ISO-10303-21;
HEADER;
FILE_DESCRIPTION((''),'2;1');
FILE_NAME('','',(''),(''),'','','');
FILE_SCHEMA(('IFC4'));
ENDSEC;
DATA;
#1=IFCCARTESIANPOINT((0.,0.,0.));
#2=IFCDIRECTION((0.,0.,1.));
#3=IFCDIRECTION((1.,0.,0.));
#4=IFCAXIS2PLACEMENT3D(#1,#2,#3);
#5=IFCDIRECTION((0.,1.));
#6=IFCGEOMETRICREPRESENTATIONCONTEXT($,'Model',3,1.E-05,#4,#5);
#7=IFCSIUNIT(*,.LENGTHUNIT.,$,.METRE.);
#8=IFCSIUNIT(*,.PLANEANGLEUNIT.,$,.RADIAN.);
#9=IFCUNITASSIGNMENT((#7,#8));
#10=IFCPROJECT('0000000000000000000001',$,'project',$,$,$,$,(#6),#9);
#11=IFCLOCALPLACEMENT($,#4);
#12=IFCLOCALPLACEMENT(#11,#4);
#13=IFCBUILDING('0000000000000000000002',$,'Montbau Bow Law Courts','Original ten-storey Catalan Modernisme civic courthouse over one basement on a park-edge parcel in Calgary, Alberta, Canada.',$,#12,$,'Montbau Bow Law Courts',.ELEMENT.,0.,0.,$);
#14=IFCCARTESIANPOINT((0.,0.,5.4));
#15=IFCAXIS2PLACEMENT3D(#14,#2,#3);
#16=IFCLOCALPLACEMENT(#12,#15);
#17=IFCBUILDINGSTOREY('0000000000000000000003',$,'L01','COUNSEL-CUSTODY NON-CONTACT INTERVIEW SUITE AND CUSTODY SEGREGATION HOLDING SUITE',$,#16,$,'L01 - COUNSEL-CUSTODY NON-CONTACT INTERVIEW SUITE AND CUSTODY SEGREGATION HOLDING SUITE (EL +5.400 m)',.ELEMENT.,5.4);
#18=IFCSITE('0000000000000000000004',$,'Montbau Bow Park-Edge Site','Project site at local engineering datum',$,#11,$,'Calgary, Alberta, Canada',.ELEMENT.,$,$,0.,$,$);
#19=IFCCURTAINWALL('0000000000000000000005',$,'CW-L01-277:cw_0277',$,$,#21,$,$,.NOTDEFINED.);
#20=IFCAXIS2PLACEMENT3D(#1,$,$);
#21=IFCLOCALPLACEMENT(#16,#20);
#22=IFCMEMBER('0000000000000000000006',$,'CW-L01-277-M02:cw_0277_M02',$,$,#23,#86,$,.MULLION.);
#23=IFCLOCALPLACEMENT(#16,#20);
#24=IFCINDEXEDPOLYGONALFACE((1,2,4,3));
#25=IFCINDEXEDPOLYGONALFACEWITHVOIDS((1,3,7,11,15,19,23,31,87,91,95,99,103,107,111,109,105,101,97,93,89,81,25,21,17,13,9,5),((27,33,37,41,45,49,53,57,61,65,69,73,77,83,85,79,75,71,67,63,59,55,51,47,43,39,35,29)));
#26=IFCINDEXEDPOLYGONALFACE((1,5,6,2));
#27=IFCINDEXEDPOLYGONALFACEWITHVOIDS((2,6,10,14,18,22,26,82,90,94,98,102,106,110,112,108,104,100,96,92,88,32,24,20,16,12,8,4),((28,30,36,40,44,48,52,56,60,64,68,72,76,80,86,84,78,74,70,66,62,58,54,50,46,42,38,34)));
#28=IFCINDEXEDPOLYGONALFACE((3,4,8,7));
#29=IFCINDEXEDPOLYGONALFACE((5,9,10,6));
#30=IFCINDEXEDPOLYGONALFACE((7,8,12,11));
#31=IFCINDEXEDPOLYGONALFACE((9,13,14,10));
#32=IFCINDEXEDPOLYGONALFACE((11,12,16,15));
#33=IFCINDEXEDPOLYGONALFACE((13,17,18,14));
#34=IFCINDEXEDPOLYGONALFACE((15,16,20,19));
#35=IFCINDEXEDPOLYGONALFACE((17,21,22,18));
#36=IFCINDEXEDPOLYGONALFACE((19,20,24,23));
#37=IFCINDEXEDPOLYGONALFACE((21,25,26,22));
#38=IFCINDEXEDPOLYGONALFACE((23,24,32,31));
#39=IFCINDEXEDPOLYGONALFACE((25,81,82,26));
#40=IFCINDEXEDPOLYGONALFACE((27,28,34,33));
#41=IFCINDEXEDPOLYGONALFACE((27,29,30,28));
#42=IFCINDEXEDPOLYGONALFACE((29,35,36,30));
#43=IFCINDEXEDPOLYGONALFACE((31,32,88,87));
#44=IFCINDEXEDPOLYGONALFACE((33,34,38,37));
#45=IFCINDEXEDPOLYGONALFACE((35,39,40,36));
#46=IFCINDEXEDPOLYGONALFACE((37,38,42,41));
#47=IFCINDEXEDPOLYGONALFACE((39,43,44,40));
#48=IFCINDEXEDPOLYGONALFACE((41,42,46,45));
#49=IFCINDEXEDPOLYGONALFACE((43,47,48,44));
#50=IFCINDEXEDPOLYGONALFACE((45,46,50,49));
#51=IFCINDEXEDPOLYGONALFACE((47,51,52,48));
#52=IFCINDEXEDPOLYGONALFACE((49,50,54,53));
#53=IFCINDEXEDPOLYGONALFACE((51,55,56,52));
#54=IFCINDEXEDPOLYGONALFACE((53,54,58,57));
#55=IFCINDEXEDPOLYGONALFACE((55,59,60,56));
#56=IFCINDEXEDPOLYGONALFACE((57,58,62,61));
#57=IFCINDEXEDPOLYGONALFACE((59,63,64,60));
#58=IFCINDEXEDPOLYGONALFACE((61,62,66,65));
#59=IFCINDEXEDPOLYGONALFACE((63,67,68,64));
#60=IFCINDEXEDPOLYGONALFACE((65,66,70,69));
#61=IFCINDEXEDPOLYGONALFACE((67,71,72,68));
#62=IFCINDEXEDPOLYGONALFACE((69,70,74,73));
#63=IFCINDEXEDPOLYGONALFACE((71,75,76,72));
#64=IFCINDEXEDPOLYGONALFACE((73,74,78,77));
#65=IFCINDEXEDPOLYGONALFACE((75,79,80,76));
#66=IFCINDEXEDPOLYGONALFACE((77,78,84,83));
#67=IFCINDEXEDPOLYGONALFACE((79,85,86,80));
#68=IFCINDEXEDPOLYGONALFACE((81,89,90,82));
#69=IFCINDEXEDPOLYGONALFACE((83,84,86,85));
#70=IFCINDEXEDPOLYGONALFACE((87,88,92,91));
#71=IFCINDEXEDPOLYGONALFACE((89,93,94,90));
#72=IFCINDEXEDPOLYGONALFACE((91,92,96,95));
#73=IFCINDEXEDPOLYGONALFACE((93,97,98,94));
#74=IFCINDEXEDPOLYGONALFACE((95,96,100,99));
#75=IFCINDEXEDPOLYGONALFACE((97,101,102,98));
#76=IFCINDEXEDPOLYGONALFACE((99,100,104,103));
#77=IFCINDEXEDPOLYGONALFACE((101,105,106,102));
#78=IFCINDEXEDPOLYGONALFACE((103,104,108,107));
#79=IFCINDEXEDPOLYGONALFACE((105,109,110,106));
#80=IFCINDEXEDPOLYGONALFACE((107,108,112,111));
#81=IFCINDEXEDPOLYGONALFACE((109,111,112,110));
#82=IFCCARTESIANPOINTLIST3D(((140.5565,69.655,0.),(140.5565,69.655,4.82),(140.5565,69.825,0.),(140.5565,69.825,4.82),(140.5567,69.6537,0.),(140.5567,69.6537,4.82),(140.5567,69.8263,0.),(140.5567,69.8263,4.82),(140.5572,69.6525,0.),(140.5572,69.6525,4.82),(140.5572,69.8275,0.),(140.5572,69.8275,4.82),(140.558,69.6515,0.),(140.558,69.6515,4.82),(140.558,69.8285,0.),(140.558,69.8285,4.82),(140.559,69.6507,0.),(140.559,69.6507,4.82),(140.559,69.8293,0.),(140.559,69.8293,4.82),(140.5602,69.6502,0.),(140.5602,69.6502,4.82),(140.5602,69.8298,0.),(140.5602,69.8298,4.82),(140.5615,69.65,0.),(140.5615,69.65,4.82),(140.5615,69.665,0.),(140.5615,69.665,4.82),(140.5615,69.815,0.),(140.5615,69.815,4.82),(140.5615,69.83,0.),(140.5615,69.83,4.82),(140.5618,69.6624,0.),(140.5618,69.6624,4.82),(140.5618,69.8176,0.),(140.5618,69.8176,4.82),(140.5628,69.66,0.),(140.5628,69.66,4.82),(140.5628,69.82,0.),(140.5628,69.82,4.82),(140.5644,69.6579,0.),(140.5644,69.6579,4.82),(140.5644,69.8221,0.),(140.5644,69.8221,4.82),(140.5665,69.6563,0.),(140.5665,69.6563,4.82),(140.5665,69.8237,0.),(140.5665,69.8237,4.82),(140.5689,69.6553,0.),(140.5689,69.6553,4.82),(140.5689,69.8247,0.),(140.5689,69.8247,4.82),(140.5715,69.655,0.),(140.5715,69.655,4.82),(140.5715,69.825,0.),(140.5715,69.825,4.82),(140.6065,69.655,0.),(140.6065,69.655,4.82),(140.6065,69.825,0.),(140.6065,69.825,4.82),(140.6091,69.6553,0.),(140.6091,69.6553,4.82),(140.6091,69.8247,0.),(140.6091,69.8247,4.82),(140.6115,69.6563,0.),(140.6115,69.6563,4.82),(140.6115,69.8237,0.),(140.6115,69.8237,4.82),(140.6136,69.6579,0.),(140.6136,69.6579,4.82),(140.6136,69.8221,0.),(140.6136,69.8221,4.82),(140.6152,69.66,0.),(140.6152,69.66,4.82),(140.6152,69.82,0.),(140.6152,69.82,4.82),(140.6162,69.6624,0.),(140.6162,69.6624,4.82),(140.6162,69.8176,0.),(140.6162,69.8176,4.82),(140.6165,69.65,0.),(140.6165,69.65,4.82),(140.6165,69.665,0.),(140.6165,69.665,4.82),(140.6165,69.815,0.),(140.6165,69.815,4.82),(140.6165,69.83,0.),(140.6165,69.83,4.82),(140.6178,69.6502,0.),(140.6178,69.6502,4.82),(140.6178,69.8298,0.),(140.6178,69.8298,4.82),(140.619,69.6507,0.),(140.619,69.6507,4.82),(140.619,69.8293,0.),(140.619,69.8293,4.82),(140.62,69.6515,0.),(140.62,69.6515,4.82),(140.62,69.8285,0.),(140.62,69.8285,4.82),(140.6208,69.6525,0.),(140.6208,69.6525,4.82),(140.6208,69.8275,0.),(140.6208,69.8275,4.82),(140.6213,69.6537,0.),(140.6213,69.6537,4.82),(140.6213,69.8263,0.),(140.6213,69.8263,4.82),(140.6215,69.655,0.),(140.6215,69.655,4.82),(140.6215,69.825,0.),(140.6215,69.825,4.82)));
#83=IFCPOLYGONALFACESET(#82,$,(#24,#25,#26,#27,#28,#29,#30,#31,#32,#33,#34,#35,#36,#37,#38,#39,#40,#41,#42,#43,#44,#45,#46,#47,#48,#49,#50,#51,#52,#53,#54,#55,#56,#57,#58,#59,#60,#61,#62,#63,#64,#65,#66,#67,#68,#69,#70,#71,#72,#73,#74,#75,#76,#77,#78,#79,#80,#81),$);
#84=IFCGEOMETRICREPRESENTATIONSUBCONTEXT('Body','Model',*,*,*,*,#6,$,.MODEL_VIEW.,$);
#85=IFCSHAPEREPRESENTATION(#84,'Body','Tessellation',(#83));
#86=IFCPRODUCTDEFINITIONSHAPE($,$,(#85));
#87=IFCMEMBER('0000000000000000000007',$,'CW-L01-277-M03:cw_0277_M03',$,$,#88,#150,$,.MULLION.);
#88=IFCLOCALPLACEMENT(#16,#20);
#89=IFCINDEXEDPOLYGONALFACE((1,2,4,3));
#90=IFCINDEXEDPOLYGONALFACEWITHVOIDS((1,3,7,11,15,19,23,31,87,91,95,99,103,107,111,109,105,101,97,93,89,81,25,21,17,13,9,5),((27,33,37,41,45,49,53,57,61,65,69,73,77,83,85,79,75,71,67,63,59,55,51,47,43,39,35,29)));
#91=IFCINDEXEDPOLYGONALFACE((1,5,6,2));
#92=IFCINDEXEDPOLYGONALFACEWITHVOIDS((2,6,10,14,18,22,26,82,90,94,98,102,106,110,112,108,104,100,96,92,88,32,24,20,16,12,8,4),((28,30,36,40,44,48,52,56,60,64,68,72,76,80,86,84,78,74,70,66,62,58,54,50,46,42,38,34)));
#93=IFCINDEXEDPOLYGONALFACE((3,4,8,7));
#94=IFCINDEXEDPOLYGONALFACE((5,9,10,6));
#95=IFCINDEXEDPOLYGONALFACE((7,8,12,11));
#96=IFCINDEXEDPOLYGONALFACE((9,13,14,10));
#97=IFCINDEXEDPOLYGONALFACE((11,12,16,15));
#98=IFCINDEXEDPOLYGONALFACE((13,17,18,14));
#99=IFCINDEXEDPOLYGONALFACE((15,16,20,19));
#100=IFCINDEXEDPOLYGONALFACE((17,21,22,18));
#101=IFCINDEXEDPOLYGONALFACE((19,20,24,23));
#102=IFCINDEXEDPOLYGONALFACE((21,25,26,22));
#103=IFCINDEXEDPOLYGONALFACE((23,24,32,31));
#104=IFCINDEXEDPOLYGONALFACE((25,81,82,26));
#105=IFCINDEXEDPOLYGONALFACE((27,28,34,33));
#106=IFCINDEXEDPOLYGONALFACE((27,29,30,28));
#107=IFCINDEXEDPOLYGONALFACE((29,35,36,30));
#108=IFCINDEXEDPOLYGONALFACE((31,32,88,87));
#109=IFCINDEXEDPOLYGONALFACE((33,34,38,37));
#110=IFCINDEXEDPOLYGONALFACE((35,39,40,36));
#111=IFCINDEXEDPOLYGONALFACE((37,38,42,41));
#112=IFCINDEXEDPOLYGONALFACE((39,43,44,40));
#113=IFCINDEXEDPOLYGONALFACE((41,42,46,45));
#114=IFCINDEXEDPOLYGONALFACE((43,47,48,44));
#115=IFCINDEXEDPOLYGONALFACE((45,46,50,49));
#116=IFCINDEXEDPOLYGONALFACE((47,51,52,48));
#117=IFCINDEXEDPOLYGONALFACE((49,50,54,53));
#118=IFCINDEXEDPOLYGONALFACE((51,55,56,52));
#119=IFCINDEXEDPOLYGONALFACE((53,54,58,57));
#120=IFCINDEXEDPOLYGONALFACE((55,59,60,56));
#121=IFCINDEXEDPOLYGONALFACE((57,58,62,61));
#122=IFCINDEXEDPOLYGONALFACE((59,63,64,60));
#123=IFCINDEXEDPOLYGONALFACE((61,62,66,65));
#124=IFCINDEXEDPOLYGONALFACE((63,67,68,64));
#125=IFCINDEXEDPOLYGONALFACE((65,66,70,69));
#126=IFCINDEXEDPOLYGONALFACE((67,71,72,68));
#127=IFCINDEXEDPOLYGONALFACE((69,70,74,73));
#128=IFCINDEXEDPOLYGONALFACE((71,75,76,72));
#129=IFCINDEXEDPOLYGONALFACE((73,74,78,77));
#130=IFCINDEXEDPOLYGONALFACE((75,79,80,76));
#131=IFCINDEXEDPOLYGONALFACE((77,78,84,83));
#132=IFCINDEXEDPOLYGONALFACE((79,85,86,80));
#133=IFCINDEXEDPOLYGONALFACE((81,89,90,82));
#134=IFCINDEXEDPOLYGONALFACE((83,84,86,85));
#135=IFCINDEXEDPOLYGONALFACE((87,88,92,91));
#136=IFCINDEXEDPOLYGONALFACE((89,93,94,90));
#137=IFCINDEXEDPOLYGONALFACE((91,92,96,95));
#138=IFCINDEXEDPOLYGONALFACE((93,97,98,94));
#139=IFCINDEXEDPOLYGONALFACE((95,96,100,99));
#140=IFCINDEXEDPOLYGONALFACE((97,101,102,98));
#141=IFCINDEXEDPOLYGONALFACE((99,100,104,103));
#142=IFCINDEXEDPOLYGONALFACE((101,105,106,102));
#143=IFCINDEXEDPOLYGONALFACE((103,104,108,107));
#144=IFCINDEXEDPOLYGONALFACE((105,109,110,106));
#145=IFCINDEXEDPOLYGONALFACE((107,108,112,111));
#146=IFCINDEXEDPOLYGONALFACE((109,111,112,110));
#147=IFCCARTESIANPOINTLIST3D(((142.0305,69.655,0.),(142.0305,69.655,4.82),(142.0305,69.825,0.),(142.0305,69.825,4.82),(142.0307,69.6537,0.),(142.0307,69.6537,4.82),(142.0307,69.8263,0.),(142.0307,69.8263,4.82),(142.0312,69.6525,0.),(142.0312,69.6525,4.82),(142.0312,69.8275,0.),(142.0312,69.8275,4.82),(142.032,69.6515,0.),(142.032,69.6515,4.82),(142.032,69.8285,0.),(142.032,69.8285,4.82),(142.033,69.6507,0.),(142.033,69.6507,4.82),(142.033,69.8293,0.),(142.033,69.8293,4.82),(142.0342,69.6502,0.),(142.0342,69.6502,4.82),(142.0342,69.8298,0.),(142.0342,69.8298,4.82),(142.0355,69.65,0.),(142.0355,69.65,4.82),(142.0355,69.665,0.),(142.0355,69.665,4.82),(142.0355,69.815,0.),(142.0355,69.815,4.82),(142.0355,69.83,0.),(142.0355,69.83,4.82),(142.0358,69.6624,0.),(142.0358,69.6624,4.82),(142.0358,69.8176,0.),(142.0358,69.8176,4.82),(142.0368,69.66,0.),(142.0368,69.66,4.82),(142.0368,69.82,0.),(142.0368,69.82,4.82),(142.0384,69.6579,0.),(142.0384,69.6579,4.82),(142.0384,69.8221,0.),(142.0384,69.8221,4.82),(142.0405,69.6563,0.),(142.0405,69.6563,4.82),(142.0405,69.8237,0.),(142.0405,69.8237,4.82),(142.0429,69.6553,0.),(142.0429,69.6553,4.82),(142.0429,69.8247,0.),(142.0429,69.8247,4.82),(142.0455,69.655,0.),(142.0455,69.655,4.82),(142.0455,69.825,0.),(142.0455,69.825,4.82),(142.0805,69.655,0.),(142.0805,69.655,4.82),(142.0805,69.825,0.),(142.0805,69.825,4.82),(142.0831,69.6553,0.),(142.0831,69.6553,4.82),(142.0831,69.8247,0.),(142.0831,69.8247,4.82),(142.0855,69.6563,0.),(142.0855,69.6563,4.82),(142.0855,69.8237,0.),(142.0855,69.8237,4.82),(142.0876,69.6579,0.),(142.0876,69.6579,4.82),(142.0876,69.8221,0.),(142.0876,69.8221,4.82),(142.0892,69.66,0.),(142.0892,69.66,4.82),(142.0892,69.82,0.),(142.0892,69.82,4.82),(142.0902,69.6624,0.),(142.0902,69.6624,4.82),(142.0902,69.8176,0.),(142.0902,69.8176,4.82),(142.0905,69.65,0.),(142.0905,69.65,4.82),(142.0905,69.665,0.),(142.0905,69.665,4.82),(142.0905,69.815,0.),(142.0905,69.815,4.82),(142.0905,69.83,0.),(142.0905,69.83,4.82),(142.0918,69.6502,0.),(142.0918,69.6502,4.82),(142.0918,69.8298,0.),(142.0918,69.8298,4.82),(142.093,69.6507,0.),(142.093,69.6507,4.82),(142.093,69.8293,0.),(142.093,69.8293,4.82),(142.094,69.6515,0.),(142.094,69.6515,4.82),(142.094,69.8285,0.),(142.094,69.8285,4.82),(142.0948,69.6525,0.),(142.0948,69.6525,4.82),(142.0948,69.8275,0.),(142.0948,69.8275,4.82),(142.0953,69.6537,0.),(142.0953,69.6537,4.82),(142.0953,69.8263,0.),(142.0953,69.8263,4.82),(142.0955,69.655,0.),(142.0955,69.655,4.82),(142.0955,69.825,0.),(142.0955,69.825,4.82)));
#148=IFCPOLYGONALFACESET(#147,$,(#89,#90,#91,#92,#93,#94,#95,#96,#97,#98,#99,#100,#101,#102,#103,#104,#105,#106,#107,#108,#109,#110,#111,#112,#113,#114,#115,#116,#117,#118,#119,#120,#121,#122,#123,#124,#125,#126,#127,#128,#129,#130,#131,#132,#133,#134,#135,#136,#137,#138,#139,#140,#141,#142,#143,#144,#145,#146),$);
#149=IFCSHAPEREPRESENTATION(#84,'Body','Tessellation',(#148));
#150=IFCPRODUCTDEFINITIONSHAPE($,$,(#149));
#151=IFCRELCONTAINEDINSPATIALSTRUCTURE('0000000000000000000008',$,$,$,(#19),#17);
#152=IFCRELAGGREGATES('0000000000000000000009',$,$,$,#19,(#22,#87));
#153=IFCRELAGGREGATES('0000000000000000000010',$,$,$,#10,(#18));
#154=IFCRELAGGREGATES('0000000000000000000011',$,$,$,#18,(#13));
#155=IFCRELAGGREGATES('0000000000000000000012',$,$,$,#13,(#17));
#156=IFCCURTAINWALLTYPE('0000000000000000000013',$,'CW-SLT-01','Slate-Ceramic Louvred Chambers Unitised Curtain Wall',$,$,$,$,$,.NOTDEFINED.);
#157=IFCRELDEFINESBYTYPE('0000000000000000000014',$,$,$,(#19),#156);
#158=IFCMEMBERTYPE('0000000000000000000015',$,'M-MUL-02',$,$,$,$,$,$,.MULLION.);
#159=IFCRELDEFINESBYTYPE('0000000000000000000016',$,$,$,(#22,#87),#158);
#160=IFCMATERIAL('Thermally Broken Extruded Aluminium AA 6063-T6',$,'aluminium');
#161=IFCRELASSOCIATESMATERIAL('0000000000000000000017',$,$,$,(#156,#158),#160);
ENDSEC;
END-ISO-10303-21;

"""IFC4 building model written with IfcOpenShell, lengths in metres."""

from ifc_helpers import new_model, si_unit, direction, frame, origin_with_axes, origin_2d_with_axis, place, context, subcontext, project, spatial, hollow_rectangle, extrude, material, material_profile, profile_set, type_object, element, aggregate, save


model = new_model("IFC4")

# Units and contexts
model_context = context("Model", 3, precision=1e-05, world=origin_with_axes(), true_north=direction((0.0, 1.0)))
body_context = subcontext(model_context, "Body", "Model", "MODEL_VIEW")
ifc_project = project(units=[si_unit("LENGTHUNIT", "METRE"), si_unit("PLANEANGLEUNIT", "RADIAN")], contexts=[model_context])

# Site, building, storey
site_placement = place(None, origin_with_axes())
site = spatial("IfcSite", under=ifc_project, at=site_placement, Name="Montbau Bow Park-Edge Site", Description="Project site at local engineering datum", LongName="Calgary, Alberta, Canada", CompositionType="ELEMENT", RefElevation=0.0)
building_placement = place(site_placement, origin_with_axes())
building = spatial("IfcBuilding", under=site, at=building_placement, Name="Montbau Bow Law Courts", Description="Original ten-storey Catalan Modernisme civic courthouse over one basement on a park-edge parcel in Calgary, Alberta, Canada.", LongName="Montbau Bow Law Courts", CompositionType="ELEMENT", ElevationOfRefHeight=0.0, ElevationOfTerrain=0.0)
storey_placement = place(building_placement, frame((0.0, 0.0, 5.4), z_axis=(0.0, 0.0, 1.0), x_axis=(1.0, 0.0, 0.0)))
storey = spatial("IfcBuildingStorey", under=building, at=storey_placement, Name="L01", Description="COUNSEL-CUSTODY NON-CONTACT INTERVIEW SUITE AND CUSTODY SEGREGATION HOLDING SUITE", LongName="L01 - COUNSEL-CUSTODY NON-CONTACT INTERVIEW SUITE AND CUSTODY SEGREGATION HOLDING SUITE (EL +5.400 m)", CompositionType="ELEMENT", Elevation=5.4)

# Curtain wall, members
ifc_material_1 = material(Name="Thermally Broken Extruded Aluminium AA 6063-T6", Category="aluminium")
curtain_wall_type = type_object("IfcCurtainWallType", Name="CW-SLT-01", Description="Slate-Ceramic Louvred Chambers Unitised Curtain Wall", PredefinedType="NOTDEFINED", material=ifc_material_1)
curtain_wall_1_placement = place(None, frame((139.115, 69.74, 5.4), z_axis=(0.0, 0.0, 1.0), x_axis=(1.0, 0.0, 0.0)))
curtain_wall_1 = element("IfcCurtainWall", 1, at=curtain_wall_1_placement, inside=storey, type_object=curtain_wall_type, Name="CW-L01-277:cw_0277", PredefinedType="NOTDEFINED")
ifc_material_profile_1 = material_profile(ifc_material_1, hollow_rectangle(XDim=0.065, YDim=0.18, WallThickness=0.005, InnerFilletRadius=0.01, OuterFilletRadius=0.005, at=origin_2d_with_axis()), Name="CWM-180X65", Category="Main", Priority=0)
ifc_profile_set_1 = profile_set([ifc_material_profile_1], Name="Thermally Broken Extruded Aluminium AA 6063-T6")
member_type_1 = type_object("IfcMemberType", Name="M-MUL-02", PredefinedType="MULLION", material=ifc_profile_set_1)
member_1_placement = place(None, frame((140.589, 69.74, 5.4), z_axis=(0.0, 0.0, 1.0), x_axis=(1.0, 0.0, 0.0)))
member_1 = element("IfcMember", 2, at=member_1_placement, type_object=member_type_1, Name="CW-L01-277-M02:cw_0277_M02", PredefinedType="MULLION", context=body_context, shape_type="SweptSolid", body=[
    extrude(hollow_rectangle(XDim=0.065, YDim=0.18, WallThickness=0.005, InnerFilletRadius=0.01, OuterFilletRadius=0.005, at=origin_2d_with_axis()), origin_with_axes(), (0.0, 0.0, 1.0), 4.82),
])
member_2_placement = place(None, frame((142.063, 69.74, 5.4), z_axis=(0.0, 0.0, 1.0), x_axis=(1.0, 0.0, 0.0)))
member_2 = element("IfcMember", 3, at=member_2_placement, type_object=member_type_1, Name="CW-L01-277-M03:cw_0277_M03", PredefinedType="MULLION", context=body_context, shape_type="SweptSolid", body=[
    extrude(hollow_rectangle(XDim=0.065, YDim=0.18, WallThickness=0.005, InnerFilletRadius=0.01, OuterFilletRadius=0.005, at=origin_2d_with_axis()), origin_with_axes(), (0.0, 0.0, 1.0), 4.82),
])
aggregate(curtain_wall_1, [member_1, member_2])

save(model, "model.ifc")
